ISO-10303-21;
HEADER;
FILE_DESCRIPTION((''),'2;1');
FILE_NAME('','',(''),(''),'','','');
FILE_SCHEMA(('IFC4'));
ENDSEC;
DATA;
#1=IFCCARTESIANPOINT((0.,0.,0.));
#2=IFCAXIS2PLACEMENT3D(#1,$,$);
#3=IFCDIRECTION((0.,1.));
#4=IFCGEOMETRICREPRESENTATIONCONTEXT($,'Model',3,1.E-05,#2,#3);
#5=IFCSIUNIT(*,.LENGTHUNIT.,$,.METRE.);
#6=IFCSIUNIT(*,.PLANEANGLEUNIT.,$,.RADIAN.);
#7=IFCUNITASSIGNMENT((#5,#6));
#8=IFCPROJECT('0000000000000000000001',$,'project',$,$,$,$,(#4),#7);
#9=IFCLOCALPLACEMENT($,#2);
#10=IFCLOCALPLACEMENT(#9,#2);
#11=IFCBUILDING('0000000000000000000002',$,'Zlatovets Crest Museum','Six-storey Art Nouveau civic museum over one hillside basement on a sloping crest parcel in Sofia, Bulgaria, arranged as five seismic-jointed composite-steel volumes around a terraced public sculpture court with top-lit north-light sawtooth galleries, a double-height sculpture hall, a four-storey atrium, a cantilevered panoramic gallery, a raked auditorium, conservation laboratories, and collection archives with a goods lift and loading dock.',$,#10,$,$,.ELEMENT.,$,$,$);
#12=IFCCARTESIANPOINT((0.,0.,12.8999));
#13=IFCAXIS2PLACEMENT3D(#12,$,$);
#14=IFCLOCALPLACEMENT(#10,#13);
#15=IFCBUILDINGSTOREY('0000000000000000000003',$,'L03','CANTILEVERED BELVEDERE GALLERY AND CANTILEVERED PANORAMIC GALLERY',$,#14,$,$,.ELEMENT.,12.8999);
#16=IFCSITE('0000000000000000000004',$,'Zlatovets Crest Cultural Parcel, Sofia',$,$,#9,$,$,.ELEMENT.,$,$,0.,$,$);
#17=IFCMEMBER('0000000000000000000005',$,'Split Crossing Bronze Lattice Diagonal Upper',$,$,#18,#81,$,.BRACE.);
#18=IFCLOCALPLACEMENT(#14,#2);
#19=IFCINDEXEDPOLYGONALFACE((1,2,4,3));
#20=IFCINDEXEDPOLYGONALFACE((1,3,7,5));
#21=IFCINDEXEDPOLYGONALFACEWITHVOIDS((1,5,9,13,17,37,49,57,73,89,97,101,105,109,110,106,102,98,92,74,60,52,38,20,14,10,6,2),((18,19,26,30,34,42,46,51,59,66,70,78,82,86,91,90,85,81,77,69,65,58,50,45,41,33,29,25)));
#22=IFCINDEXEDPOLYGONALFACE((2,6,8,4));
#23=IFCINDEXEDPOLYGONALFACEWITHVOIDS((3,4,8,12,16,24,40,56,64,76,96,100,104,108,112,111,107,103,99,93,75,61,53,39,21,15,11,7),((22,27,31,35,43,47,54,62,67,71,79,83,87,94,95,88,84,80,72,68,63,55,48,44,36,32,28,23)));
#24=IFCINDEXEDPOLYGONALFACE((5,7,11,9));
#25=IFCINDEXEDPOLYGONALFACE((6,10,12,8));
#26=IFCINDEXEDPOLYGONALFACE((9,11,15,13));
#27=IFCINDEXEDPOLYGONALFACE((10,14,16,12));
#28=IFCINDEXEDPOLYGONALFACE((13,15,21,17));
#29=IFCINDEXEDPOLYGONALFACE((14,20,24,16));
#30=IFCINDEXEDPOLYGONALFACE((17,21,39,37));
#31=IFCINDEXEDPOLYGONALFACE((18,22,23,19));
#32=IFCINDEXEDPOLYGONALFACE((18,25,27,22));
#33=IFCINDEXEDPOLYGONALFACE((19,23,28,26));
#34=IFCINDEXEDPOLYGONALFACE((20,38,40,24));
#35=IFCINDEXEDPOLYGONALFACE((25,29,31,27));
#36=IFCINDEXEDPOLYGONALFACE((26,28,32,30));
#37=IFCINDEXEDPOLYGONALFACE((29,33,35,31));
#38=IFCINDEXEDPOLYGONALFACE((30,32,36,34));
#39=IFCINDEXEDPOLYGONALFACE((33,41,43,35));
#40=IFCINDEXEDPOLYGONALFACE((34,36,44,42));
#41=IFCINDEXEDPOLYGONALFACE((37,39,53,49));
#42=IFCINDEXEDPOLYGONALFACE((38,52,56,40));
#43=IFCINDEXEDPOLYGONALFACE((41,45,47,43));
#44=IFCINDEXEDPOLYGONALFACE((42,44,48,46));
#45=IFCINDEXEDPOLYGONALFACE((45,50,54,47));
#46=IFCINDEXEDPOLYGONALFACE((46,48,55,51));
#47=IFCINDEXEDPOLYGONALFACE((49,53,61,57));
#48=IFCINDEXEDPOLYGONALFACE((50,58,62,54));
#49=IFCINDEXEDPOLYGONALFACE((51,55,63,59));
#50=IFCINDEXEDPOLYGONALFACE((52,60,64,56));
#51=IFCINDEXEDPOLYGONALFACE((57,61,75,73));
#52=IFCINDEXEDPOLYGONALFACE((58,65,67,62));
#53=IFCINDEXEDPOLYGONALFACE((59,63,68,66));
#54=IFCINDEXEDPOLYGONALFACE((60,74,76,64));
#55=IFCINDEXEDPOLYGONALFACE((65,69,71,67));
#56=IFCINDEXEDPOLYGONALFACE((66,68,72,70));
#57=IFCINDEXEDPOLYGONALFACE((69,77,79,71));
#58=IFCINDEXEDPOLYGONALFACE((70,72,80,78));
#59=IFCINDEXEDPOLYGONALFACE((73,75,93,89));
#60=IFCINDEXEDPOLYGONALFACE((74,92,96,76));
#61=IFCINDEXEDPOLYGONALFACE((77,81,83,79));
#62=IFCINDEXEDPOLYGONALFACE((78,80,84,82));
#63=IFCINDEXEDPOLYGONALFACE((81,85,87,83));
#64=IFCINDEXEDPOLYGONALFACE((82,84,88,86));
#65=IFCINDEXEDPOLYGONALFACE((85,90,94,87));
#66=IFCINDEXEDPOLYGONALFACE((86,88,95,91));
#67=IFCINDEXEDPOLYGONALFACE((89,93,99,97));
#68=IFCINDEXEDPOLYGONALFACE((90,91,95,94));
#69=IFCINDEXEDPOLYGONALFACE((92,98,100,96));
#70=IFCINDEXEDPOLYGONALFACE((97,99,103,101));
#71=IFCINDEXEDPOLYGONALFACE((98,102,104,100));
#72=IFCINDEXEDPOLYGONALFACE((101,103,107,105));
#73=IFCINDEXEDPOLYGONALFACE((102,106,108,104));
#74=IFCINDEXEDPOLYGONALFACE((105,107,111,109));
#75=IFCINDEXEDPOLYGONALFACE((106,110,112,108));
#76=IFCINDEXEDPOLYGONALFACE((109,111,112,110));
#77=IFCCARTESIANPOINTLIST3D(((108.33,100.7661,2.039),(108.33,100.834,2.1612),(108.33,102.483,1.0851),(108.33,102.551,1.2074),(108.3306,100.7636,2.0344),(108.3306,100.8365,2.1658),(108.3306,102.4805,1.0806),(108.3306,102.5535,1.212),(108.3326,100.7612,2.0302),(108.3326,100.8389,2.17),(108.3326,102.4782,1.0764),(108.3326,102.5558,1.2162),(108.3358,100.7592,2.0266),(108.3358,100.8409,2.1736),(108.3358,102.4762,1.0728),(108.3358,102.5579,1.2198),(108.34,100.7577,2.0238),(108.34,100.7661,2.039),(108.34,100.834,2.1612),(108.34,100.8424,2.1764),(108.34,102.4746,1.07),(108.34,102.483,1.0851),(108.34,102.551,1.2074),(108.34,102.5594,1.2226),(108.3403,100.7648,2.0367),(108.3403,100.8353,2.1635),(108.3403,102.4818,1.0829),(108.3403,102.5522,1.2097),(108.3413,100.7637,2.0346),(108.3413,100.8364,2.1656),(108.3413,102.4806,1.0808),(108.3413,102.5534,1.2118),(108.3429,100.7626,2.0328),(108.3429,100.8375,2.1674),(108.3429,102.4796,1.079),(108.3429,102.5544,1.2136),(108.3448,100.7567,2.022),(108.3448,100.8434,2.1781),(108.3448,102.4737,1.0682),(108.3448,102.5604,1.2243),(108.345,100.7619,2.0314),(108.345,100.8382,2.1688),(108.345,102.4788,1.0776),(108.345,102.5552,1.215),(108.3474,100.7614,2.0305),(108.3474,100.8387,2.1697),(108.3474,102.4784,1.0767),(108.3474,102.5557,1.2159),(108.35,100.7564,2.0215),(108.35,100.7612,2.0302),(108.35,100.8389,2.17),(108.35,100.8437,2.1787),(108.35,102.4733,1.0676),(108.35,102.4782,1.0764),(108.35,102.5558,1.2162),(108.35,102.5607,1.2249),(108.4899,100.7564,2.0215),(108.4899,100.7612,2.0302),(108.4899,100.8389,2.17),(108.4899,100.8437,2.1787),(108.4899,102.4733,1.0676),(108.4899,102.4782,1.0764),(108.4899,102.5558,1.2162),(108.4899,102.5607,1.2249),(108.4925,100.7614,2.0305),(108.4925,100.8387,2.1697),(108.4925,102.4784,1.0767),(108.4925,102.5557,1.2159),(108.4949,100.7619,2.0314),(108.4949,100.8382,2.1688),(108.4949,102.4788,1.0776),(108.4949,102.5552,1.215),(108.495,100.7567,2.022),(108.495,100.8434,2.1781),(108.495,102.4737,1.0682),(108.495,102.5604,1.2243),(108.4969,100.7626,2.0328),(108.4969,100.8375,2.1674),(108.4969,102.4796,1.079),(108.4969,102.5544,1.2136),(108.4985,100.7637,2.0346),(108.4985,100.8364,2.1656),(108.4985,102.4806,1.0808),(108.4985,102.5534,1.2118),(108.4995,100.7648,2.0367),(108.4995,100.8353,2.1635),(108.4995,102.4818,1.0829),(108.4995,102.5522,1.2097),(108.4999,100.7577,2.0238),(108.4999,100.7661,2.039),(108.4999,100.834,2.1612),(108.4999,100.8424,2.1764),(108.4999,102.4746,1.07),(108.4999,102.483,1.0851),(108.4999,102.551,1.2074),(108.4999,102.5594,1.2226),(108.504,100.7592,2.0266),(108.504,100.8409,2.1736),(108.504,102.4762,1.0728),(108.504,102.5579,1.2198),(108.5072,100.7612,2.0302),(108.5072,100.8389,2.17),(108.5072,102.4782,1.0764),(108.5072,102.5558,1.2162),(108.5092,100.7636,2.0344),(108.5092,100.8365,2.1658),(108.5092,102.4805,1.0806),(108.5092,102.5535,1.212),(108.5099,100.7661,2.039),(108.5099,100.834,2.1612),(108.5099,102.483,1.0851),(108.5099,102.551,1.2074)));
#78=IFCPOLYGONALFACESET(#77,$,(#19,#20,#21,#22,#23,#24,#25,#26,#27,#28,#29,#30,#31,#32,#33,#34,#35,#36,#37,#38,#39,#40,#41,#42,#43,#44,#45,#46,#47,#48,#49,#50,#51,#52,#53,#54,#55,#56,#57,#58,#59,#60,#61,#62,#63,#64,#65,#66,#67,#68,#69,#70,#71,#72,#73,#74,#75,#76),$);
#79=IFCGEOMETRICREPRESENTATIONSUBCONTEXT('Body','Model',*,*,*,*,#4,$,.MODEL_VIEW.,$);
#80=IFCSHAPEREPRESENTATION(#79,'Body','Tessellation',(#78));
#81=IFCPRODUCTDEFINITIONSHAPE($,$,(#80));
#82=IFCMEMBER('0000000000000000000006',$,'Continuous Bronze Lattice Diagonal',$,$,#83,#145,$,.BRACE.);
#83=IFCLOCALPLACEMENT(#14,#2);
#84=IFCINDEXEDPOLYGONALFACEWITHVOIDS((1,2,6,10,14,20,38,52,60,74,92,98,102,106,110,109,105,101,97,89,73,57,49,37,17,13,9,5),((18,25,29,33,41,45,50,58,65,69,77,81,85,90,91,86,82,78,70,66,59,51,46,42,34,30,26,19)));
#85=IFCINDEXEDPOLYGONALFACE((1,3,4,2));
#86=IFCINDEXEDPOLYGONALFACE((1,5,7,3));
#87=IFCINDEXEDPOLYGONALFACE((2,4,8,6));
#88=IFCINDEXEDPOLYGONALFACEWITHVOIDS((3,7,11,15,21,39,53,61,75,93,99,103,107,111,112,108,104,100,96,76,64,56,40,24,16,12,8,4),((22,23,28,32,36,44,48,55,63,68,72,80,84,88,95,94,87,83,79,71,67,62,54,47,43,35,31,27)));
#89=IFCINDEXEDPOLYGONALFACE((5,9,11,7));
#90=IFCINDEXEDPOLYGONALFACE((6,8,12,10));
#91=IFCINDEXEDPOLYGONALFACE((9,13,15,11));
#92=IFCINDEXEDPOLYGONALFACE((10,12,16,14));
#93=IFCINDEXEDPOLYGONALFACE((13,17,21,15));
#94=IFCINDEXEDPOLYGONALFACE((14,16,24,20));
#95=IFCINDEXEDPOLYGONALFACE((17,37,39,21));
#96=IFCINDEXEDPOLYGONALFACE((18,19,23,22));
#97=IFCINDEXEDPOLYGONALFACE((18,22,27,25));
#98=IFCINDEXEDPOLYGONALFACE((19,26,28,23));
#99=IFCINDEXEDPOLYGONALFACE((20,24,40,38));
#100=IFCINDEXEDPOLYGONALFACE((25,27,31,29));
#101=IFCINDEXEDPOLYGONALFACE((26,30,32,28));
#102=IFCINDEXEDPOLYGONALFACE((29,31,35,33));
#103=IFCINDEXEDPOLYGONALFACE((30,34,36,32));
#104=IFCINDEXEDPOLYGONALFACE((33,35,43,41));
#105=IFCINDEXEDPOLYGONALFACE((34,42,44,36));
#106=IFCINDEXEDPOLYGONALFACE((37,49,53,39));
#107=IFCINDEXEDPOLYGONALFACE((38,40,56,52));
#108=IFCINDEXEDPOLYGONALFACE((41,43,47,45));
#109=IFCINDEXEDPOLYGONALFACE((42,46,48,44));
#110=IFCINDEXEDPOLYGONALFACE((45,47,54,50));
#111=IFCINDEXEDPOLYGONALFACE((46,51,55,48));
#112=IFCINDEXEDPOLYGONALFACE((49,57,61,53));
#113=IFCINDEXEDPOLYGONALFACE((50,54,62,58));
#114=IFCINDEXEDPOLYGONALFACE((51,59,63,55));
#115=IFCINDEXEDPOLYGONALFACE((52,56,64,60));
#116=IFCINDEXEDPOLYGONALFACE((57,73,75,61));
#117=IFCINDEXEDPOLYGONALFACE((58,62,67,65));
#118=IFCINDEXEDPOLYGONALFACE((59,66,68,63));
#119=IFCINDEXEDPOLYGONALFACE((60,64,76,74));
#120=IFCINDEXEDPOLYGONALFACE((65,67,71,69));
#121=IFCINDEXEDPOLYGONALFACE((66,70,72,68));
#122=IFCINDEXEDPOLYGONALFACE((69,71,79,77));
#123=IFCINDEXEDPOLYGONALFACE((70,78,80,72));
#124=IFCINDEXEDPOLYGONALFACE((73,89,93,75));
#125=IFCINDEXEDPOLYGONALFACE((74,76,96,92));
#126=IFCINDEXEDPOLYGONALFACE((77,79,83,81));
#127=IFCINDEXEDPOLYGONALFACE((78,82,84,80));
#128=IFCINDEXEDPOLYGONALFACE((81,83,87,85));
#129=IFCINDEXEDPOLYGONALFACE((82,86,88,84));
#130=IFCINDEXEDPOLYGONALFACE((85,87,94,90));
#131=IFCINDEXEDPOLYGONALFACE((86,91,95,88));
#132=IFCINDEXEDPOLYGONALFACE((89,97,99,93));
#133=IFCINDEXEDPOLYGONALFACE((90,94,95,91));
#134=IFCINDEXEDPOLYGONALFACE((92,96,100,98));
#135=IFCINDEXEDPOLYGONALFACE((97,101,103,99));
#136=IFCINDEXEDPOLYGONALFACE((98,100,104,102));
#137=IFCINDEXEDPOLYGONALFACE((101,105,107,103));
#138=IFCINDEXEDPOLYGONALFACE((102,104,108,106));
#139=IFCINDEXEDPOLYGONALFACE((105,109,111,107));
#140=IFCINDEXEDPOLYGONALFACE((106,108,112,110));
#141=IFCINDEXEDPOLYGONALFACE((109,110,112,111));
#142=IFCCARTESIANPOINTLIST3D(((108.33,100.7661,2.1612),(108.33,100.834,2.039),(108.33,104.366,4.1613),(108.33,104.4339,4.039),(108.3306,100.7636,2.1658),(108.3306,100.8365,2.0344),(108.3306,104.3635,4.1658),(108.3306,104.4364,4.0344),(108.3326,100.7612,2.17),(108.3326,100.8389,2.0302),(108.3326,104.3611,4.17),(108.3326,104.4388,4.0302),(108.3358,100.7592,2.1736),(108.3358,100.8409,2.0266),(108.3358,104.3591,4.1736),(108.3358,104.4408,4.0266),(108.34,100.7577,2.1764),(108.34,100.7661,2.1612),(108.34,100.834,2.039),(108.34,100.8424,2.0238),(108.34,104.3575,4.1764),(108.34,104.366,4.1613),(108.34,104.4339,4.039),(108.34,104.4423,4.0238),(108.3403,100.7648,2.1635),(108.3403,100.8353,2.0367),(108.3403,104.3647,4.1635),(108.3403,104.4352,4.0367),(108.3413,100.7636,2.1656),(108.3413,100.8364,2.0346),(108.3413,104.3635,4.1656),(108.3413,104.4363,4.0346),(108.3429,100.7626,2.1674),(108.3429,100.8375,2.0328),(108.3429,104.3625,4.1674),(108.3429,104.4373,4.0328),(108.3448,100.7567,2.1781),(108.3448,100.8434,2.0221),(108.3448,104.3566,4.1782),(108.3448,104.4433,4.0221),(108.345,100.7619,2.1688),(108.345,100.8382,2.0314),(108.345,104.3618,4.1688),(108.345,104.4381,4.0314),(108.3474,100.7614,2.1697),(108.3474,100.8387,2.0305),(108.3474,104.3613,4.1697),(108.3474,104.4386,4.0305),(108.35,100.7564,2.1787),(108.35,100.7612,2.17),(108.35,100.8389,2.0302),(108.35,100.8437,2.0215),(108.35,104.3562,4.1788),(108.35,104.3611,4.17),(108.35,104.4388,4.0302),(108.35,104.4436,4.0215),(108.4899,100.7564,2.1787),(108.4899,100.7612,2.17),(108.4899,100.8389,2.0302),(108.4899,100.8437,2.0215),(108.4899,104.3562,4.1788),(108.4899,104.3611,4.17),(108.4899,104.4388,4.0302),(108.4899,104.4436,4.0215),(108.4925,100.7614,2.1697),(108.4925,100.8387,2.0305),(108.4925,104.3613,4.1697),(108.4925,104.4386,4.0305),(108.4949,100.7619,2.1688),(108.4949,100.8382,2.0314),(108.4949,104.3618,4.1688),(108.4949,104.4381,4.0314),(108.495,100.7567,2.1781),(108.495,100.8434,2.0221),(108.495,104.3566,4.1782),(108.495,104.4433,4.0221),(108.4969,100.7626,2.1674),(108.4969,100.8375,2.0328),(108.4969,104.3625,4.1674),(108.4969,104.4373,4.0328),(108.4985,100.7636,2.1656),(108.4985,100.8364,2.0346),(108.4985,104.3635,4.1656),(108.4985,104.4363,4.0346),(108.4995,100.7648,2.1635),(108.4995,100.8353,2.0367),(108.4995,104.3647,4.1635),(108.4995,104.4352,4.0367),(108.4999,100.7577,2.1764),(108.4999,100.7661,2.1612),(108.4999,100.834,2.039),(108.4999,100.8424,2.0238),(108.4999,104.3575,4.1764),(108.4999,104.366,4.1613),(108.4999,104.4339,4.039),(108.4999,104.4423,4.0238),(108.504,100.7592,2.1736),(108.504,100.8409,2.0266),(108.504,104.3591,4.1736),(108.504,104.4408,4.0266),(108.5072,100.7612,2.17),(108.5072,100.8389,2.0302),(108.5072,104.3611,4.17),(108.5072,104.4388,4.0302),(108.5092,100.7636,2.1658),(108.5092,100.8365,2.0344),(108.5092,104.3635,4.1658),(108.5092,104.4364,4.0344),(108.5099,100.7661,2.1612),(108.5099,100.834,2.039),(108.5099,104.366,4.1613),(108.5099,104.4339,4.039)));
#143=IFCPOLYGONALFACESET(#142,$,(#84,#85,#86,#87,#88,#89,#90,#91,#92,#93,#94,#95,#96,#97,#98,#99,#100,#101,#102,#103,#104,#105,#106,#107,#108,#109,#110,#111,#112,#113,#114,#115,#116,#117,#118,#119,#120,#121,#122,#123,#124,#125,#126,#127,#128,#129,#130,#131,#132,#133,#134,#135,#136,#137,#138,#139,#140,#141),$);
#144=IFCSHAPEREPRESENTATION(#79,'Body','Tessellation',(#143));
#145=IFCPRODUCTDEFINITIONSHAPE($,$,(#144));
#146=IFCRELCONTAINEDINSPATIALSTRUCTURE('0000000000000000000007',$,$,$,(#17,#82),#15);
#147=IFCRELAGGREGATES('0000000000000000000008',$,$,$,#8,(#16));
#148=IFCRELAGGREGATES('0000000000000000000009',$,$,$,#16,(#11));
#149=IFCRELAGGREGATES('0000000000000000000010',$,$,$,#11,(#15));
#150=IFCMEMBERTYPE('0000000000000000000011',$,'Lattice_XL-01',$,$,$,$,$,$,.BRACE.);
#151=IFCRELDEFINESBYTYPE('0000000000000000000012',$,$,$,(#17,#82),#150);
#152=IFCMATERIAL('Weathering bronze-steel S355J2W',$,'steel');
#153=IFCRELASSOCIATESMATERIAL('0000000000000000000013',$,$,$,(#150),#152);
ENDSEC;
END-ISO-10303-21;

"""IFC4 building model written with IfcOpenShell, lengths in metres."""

from ifc_helpers import new_model, si_unit, direction, frame, origin, origin_2d, place, context, subcontext, project, spatial, hollow_rectangle, extrude, material, material_profile, profile_set, type_object, element, save


model = new_model("IFC4")

# Units and contexts
model_context = context("Model", 3, precision=1e-05, world=origin(), true_north=direction((0.0, 1.0)))
body_context = subcontext(model_context, "Body", "Model", "MODEL_VIEW")
ifc_project = project(units=[si_unit("LENGTHUNIT", "METRE"), si_unit("PLANEANGLEUNIT", "RADIAN")], contexts=[model_context])

# Site, building, storey
site_placement = place(None, origin())
site = spatial("IfcSite", under=ifc_project, at=site_placement, Name="Zlatovets Crest Cultural Parcel, Sofia", CompositionType="ELEMENT", RefElevation=0.0)
building_placement = place(site_placement, origin())
building = spatial("IfcBuilding", under=site, at=building_placement, Name="Zlatovets Crest Museum", Description="Six-storey Art Nouveau civic museum over one hillside basement on a sloping crest parcel in Sofia, Bulgaria, arranged as five seismic-jointed composite-steel volumes around a terraced public sculpture court with top-lit north-light sawtooth galleries, a double-height sculpture hall, a four-storey atrium, a cantilevered panoramic gallery, a raked auditorium, conservation laboratories, and collection archives with a goods lift and loading dock.", CompositionType="ELEMENT")
storey_placement = place(building_placement, frame((0.0, 0.0, 12.8999)))
storey = spatial("IfcBuildingStorey", under=building, at=storey_placement, Name="L03", Description="CANTILEVERED BELVEDERE GALLERY AND CANTILEVERED PANORAMIC GALLERY", CompositionType="ELEMENT", Elevation=12.8999)

# Members
ifc_material_1 = material(Name="Weathering bronze-steel S355J2W", Category="steel")
ifc_material_profile_1 = material_profile(ifc_material_1, hollow_rectangle(XDim=0.1799, YDim=0.1799, WallThickness=0.01, InnerFilletRadius=0.01, OuterFilletRadius=0.02, at=origin_2d()), Name="SHS 180x180x10.0")
ifc_profile_set_1 = profile_set([ifc_material_profile_1], Name="Weathering bronze-steel S355J2W")
member_type_1 = type_object("IfcMemberType", Name="Lattice_XL-01", PredefinedType="BRACE", material=ifc_profile_set_1)
member_1_placement = place(storey_placement, frame((108.4199, 100.8, 2.1001), z_axis=(0.0, 0.874169, -0.485622), x_axis=(-1.0, 0.0, 0.0)))
element("IfcMember", 1, at=member_1_placement, inside=storey, type_object=member_type_1, Name="Split Crossing Bronze Lattice Diagonal Upper", PredefinedType="BRACE", context=body_context, shape_type="SweptSolid", body=[
    extrude(hollow_rectangle(XDim=0.1799, YDim=0.1799, WallThickness=0.01, InnerFilletRadius=0.01, OuterFilletRadius=0.02, at=origin_2d()), origin(), (0.0, 0.0, 1.0), 1.9641),
])
member_2_placement = place(storey_placement, frame((108.4199, 100.8, 2.1001), z_axis=(0.0, 0.874149, 0.485658), x_axis=(-1.0, 0.0, 0.0)))
element("IfcMember", 2, at=member_2_placement, inside=storey, type_object=member_type_1, Name="Continuous Bronze Lattice Diagonal", PredefinedType="BRACE", context=body_context, shape_type="SweptSolid", body=[
    extrude(hollow_rectangle(XDim=0.1799, YDim=0.1799, WallThickness=0.01, InnerFilletRadius=0.01, OuterFilletRadius=0.02, at=origin_2d()), origin(), (0.0, 0.0, 1.0), 4.1182),
])

save(model, "model.ifc")
